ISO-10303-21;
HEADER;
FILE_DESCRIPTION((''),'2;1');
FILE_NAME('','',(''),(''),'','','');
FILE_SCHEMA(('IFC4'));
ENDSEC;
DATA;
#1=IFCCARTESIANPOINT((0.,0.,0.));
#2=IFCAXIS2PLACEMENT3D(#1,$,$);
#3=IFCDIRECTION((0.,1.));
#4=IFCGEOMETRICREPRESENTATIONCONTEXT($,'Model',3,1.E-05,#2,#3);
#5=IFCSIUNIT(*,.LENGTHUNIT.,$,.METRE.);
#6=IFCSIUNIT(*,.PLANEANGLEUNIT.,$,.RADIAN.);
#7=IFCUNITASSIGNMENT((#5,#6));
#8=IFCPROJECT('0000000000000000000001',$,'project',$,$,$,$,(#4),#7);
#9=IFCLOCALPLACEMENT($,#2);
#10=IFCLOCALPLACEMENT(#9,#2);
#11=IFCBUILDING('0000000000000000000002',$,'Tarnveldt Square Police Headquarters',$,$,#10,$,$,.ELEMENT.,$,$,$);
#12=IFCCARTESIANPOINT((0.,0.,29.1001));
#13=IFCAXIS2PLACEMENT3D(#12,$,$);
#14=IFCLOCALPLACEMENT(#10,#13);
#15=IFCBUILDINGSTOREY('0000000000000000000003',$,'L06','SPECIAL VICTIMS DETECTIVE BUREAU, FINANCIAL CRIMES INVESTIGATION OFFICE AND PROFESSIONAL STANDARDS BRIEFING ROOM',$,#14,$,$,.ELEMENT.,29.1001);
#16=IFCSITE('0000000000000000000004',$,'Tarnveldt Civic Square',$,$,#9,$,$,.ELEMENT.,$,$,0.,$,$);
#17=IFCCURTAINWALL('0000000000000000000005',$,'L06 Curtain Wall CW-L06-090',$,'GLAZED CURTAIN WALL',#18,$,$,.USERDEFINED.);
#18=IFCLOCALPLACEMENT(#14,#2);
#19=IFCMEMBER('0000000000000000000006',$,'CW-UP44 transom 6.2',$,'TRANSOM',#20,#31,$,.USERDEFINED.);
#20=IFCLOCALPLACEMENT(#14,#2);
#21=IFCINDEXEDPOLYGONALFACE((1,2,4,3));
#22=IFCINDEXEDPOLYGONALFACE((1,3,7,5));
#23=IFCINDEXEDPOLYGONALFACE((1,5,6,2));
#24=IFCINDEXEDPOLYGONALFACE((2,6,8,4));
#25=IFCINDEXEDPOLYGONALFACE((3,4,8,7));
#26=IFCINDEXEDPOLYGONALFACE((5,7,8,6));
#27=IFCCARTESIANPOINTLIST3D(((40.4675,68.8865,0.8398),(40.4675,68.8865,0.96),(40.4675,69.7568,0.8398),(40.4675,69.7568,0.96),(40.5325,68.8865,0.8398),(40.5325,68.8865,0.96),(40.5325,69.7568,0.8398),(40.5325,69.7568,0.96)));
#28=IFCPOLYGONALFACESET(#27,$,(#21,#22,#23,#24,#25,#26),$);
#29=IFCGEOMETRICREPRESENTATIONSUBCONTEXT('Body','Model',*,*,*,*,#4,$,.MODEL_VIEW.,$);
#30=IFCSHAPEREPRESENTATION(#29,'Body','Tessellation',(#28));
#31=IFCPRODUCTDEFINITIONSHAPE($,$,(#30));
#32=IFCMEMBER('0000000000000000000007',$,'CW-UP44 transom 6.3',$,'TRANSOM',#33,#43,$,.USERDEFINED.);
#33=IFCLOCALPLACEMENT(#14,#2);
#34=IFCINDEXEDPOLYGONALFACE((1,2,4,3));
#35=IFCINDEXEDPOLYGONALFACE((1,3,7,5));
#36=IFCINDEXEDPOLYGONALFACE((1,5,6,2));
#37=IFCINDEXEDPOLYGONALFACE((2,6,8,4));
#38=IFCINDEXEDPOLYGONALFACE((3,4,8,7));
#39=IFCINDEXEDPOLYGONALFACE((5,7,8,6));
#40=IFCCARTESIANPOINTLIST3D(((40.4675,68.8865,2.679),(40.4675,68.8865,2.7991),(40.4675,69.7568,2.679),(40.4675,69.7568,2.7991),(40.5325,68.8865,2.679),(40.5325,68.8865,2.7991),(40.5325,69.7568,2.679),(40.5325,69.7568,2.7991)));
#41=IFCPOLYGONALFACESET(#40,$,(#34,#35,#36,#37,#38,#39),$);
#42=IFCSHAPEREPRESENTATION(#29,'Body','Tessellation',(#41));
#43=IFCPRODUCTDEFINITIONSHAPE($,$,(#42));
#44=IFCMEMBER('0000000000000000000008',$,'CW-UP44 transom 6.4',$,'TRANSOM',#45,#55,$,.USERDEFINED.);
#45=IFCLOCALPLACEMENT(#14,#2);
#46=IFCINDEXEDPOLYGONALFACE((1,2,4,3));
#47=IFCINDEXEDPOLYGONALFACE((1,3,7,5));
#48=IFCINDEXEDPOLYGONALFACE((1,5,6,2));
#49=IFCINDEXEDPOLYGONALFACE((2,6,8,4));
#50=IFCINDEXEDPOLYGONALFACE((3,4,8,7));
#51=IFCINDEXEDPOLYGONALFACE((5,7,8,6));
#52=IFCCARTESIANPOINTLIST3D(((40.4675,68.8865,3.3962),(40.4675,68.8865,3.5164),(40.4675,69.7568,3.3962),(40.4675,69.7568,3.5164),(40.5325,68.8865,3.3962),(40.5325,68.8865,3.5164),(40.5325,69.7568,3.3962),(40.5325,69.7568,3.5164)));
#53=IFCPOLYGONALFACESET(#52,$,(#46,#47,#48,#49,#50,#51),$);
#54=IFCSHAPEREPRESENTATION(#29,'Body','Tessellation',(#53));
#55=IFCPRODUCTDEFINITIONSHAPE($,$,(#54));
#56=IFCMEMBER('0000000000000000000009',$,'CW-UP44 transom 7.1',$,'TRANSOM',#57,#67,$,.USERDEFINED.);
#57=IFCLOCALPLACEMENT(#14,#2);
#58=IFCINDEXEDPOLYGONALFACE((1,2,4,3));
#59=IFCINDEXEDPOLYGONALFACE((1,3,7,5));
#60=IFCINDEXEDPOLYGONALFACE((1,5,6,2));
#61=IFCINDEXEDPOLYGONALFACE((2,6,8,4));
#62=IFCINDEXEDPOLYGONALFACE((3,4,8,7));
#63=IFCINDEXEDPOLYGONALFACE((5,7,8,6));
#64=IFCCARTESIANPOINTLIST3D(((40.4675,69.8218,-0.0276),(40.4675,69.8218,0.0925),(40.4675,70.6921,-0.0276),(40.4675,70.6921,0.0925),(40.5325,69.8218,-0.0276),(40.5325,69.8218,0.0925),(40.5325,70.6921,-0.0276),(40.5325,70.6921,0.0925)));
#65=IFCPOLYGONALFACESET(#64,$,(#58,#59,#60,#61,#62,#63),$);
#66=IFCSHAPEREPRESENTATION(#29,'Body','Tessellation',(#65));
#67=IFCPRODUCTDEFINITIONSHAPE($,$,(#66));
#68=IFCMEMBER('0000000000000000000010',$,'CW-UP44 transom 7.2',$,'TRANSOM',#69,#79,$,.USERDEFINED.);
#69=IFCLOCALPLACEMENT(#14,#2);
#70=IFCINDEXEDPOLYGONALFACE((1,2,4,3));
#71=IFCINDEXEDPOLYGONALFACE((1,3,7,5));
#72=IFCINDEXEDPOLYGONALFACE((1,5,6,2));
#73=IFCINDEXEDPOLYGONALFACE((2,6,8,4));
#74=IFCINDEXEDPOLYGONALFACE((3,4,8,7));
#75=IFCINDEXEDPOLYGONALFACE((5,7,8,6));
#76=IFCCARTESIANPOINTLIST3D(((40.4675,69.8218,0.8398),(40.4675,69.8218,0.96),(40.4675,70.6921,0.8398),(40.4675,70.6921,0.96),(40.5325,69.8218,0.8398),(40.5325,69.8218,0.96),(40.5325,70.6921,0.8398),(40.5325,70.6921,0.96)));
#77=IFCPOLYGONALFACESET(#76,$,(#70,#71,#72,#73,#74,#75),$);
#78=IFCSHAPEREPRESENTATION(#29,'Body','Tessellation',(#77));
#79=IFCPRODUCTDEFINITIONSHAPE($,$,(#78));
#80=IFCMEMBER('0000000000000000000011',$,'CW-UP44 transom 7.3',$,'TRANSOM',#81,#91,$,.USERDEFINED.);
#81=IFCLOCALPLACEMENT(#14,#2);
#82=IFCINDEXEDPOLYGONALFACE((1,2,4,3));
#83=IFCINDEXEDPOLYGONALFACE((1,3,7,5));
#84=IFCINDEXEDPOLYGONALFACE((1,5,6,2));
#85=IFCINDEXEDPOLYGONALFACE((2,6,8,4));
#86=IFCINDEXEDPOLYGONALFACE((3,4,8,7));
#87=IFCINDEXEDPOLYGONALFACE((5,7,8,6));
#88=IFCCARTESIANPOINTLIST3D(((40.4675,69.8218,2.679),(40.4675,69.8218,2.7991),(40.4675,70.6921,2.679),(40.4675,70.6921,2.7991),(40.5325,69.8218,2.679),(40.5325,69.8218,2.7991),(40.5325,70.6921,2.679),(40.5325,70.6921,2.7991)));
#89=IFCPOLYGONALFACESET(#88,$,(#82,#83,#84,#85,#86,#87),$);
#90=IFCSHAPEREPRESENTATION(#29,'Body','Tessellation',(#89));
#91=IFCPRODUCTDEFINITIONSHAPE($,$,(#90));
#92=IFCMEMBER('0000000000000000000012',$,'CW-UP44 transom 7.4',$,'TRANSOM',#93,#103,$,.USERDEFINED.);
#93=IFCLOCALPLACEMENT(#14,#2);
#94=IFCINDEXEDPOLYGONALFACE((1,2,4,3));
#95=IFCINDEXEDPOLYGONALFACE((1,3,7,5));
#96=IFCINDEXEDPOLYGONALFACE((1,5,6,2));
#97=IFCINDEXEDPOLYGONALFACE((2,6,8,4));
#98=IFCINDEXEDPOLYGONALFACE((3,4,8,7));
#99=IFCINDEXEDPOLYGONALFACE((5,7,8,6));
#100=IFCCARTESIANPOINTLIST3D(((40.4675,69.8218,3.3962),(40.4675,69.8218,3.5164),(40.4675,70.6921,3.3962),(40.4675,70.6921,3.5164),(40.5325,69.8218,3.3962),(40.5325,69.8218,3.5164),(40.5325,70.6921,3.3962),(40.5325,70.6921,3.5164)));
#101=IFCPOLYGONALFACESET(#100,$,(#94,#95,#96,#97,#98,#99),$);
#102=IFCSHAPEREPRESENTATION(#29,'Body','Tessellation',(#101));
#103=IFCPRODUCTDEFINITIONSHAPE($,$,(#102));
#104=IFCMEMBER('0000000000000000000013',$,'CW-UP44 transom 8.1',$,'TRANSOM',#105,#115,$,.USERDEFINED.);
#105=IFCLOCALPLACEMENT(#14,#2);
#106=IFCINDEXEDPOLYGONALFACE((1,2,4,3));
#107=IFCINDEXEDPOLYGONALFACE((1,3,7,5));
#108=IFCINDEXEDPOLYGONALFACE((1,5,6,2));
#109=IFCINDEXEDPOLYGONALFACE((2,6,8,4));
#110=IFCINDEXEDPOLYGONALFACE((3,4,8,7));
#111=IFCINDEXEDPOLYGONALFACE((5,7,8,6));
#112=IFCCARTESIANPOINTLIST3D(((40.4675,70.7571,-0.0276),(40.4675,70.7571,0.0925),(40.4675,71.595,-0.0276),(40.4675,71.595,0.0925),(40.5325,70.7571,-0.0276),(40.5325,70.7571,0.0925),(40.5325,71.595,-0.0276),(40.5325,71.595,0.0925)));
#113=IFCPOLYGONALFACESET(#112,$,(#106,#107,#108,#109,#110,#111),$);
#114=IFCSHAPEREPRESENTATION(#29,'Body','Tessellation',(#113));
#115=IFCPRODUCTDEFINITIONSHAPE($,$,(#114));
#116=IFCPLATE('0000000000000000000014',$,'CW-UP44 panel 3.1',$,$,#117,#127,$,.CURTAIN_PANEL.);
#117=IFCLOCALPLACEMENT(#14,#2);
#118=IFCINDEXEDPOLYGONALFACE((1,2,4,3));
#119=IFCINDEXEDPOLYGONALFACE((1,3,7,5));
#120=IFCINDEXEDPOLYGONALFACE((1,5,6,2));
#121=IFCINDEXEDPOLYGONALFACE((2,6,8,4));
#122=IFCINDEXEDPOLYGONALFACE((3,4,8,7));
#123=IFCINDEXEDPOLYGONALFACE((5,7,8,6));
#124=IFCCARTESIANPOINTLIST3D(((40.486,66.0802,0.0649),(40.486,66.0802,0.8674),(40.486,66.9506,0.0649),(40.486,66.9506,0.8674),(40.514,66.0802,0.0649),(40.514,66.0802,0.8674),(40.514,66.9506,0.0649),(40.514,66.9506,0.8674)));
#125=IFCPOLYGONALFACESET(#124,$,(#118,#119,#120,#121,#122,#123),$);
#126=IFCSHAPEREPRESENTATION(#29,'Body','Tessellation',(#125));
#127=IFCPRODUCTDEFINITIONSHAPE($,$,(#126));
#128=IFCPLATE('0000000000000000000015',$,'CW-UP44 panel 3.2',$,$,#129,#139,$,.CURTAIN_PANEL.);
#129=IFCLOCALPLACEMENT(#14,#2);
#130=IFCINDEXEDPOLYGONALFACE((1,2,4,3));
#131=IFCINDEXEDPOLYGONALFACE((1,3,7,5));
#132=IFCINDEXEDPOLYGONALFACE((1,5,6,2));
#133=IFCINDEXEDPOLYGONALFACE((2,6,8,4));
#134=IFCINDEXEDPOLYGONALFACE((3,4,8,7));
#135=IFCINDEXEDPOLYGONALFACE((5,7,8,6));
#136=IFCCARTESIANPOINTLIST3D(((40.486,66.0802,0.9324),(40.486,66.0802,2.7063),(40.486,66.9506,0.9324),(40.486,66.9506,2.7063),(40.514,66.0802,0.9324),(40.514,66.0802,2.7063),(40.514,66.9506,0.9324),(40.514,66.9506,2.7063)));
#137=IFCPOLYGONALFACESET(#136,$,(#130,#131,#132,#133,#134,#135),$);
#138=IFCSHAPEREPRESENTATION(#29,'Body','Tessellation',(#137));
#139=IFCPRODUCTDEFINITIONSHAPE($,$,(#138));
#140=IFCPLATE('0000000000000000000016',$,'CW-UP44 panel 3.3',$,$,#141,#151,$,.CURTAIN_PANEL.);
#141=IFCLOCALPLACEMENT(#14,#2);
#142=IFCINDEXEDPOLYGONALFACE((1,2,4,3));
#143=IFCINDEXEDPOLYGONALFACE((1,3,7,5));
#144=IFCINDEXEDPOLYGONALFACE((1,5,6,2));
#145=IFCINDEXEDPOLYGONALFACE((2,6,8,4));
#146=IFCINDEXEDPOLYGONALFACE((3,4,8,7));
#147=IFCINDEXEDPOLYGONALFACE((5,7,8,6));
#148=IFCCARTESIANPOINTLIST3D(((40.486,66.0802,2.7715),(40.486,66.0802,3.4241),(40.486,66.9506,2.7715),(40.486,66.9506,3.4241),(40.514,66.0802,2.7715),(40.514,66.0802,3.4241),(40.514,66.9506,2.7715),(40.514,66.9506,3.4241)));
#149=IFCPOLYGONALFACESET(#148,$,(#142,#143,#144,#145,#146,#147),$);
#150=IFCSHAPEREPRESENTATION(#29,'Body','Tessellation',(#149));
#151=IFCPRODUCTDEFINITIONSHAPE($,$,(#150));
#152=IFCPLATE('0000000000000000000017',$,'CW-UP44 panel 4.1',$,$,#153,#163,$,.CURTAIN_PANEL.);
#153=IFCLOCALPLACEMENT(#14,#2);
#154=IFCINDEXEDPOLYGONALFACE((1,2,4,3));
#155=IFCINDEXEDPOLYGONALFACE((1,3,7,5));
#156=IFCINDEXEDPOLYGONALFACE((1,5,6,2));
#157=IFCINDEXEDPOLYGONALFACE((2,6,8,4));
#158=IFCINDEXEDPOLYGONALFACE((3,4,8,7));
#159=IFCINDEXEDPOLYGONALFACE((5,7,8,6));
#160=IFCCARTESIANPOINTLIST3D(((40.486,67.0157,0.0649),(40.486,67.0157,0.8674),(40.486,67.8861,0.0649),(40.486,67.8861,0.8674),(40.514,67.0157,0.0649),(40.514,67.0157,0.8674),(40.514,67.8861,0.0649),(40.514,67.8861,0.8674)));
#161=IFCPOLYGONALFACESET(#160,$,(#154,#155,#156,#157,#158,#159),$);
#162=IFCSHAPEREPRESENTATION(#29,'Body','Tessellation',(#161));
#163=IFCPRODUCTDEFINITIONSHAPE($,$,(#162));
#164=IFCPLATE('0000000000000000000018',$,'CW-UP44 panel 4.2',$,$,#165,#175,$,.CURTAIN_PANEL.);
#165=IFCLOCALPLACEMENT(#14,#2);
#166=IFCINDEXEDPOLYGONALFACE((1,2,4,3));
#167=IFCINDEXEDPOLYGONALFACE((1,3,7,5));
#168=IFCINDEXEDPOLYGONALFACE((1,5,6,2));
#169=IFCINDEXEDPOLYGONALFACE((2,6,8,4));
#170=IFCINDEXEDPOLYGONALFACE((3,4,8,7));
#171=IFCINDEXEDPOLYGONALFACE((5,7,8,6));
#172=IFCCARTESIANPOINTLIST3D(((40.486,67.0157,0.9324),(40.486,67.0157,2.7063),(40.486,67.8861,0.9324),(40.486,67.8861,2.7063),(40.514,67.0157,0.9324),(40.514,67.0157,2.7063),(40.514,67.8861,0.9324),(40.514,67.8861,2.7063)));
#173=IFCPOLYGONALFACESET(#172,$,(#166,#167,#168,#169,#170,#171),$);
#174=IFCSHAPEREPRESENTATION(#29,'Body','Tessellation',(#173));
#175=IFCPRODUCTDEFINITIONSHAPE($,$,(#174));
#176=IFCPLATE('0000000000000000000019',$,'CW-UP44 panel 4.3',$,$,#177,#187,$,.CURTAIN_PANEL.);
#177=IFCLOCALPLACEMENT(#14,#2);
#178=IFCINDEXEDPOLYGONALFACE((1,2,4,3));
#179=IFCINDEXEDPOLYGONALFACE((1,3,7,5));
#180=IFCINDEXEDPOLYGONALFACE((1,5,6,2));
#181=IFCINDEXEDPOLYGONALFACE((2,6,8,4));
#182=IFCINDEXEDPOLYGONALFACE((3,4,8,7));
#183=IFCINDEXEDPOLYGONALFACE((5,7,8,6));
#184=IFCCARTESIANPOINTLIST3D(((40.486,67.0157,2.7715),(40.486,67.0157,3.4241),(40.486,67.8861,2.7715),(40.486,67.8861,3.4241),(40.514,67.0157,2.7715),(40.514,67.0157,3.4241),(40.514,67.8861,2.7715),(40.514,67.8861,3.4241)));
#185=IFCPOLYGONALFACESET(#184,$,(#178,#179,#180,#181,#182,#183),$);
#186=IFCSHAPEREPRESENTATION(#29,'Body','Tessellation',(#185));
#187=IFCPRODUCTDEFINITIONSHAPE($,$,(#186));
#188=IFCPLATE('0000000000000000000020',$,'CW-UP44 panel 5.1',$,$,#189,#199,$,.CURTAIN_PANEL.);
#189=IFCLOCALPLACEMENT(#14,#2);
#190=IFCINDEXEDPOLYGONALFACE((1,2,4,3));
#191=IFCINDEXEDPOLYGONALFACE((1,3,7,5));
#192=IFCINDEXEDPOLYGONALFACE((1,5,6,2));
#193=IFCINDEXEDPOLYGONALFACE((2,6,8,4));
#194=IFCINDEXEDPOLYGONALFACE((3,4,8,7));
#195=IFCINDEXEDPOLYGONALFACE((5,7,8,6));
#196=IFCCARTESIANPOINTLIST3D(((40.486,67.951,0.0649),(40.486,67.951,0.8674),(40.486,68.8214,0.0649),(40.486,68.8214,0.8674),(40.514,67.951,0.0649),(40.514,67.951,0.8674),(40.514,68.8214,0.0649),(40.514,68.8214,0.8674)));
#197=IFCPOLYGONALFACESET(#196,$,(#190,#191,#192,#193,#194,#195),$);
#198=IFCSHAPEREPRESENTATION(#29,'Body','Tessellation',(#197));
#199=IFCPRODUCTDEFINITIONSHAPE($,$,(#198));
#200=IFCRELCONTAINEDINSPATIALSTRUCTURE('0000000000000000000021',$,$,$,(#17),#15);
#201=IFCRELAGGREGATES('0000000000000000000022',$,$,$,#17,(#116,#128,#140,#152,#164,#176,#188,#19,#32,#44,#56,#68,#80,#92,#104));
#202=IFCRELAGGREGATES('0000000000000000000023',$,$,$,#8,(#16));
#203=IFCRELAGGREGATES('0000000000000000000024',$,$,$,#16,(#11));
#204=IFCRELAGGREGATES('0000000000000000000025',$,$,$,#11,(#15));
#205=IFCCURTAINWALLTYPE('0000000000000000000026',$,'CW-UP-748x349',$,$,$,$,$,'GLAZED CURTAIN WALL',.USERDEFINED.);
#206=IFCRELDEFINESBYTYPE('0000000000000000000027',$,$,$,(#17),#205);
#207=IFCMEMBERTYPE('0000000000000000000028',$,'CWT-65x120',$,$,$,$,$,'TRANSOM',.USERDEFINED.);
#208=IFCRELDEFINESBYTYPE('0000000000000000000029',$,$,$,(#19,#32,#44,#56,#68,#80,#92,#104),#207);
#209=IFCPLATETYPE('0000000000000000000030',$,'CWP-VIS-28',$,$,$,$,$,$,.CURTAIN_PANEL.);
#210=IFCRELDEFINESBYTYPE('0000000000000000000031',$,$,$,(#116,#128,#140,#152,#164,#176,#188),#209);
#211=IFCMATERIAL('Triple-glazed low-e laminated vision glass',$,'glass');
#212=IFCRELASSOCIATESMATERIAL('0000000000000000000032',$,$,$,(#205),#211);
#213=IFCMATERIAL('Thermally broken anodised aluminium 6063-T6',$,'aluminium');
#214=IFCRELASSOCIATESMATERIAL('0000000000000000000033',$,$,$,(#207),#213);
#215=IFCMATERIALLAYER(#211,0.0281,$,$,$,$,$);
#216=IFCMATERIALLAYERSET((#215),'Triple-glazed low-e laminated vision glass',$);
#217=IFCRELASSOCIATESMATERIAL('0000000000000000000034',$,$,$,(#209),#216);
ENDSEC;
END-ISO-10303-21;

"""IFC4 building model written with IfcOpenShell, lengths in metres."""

from ifc_helpers import new_model, si_unit, direction, frame, origin, origin_2d, place, context, subcontext, project, spatial, rectangle, extrude, material, layer, layer_set, material_profile, profile_set, type_object, element, aggregate, save


model = new_model("IFC4")

# Units and contexts
model_context = context("Model", 3, precision=1e-05, world=origin(), true_north=direction((0.0, 1.0)))
body_context = subcontext(model_context, "Body", "Model", "MODEL_VIEW")
ifc_project = project(units=[si_unit("LENGTHUNIT", "METRE"), si_unit("PLANEANGLEUNIT", "RADIAN")], contexts=[model_context])

# Site, building, storey
site_placement = place(None, origin())
site = spatial("IfcSite", under=ifc_project, at=site_placement, Name="Tarnveldt Civic Square", CompositionType="ELEMENT", RefElevation=0.0)
building_placement = place(site_placement, origin())
building = spatial("IfcBuilding", under=site, at=building_placement, Name="Tarnveldt Square Police Headquarters", CompositionType="ELEMENT")
storey_placement = place(building_placement, frame((0.0, 0.0, 29.1001)))
storey = spatial("IfcBuildingStorey", under=building, at=storey_placement, Name="L06", Description="SPECIAL VICTIMS DETECTIVE BUREAU, FINANCIAL CRIMES INVESTIGATION OFFICE AND PROFESSIONAL STANDARDS BRIEFING ROOM", CompositionType="ELEMENT", Elevation=29.1001)

# Curtain wall, members, plates
ifc_material_1 = material(Name="Triple-glazed low-e laminated vision glass", Category="glass")
curtain_wall_type = type_object("IfcCurtainWallType", Name="CW-UP-748x349", ElementType="GLAZED CURTAIN WALL", PredefinedType="USERDEFINED", material=ifc_material_1)
curtain_wall_placement = place(storey_placement, origin())
curtain_wall = element("IfcCurtainWall", 1, at=curtain_wall_placement, inside=storey, type_object=curtain_wall_type, Name="L06 Curtain Wall CW-L06-090", ObjectType="GLAZED CURTAIN WALL", PredefinedType="USERDEFINED")
ifc_material_2 = material(Name="Thermally broken anodised aluminium 6063-T6", Category="aluminium")
ifc_material_profile_1 = material_profile(ifc_material_2, rectangle(XDim=0.0649, YDim=0.1201, at=origin_2d()), Name="CW-T65x120")
ifc_profile_set_1 = profile_set([ifc_material_profile_1], Name="Thermally broken anodised aluminium 6063-T6")
member_type_1 = type_object("IfcMemberType", Name="CWT-65x120", ElementType="TRANSOM", PredefinedType="USERDEFINED", material=ifc_profile_set_1)
member_1_placement = place(storey_placement, frame((40.5, 68.8865, 0.8999), z_axis=(0.0, 1.0, 0.0), x_axis=(-1.0, 0.0, 0.0)))
member_1 = element("IfcMember", 2, at=member_1_placement, type_object=member_type_1, Name="CW-UP44 transom 6.2", ObjectType="TRANSOM", PredefinedType="USERDEFINED", context=body_context, shape_type="SweptSolid", body=[
    extrude(rectangle(XDim=0.0649, YDim=0.1201, at=origin_2d()), origin(), (0.0, 0.0, 1.0), 0.8704),
])
member_2_placement = place(storey_placement, frame((40.5, 68.8865, 2.739), z_axis=(0.0, 1.0, 0.0), x_axis=(-1.0, 0.0, 0.0)))
member_2 = element("IfcMember", 3, at=member_2_placement, type_object=member_type_1, Name="CW-UP44 transom 6.3", ObjectType="TRANSOM", PredefinedType="USERDEFINED", context=body_context, shape_type="SweptSolid", body=[
    extrude(rectangle(XDim=0.0649, YDim=0.1201, at=origin_2d()), origin(), (0.0, 0.0, 1.0), 0.8704),
])
member_3_placement = place(storey_placement, frame((40.5, 68.8865, 3.4563), z_axis=(0.0, 1.0, 0.0), x_axis=(-1.0, 0.0, 0.0)))
member_3 = element("IfcMember", 4, at=member_3_placement, type_object=member_type_1, Name="CW-UP44 transom 6.4", ObjectType="TRANSOM", PredefinedType="USERDEFINED", context=body_context, shape_type="SweptSolid", body=[
    extrude(rectangle(XDim=0.0649, YDim=0.1201, at=origin_2d()), origin(), (0.0, 0.0, 1.0), 0.8704),
])
member_4_placement = place(storey_placement, frame((40.5, 69.8218, 0.0325), z_axis=(0.0, 1.0, 0.0), x_axis=(-1.0, 0.0, 0.0)))
member_4 = element("IfcMember", 5, at=member_4_placement, type_object=member_type_1, Name="CW-UP44 transom 7.1", ObjectType="TRANSOM", PredefinedType="USERDEFINED", context=body_context, shape_type="SweptSolid", body=[
    extrude(rectangle(XDim=0.0649, YDim=0.1201, at=origin_2d()), origin(), (0.0, 0.0, 1.0), 0.8704),
])
member_5_placement = place(storey_placement, frame((40.5, 69.8218, 0.8999), z_axis=(0.0, 1.0, 0.0), x_axis=(-1.0, 0.0, 0.0)))
member_5 = element("IfcMember", 6, at=member_5_placement, type_object=member_type_1, Name="CW-UP44 transom 7.2", ObjectType="TRANSOM", PredefinedType="USERDEFINED", context=body_context, shape_type="SweptSolid", body=[
    extrude(rectangle(XDim=0.0649, YDim=0.1201, at=origin_2d()), origin(), (0.0, 0.0, 1.0), 0.8704),
])
member_6_placement = place(storey_placement, frame((40.5, 69.8218, 2.739), z_axis=(0.0, 1.0, 0.0), x_axis=(-1.0, 0.0, 0.0)))
member_6 = element("IfcMember", 7, at=member_6_placement, type_object=member_type_1, Name="CW-UP44 transom 7.3", ObjectType="TRANSOM", PredefinedType="USERDEFINED", context=body_context, shape_type="SweptSolid", body=[
    extrude(rectangle(XDim=0.0649, YDim=0.1201, at=origin_2d()), origin(), (0.0, 0.0, 1.0), 0.8704),
])
member_7_placement = place(storey_placement, frame((40.5, 69.8218, 3.4563), z_axis=(0.0, 1.0, 0.0), x_axis=(-1.0, 0.0, 0.0)))
member_7 = element("IfcMember", 8, at=member_7_placement, type_object=member_type_1, Name="CW-UP44 transom 7.4", ObjectType="TRANSOM", PredefinedType="USERDEFINED", context=body_context, shape_type="SweptSolid", body=[
    extrude(rectangle(XDim=0.0649, YDim=0.1201, at=origin_2d()), origin(), (0.0, 0.0, 1.0), 0.8704),
])
member_8_placement = place(storey_placement, frame((40.5, 70.7571, 0.0325), z_axis=(0.0, 1.0, 0.0), x_axis=(-1.0, 0.0, 0.0)))
member_8 = element("IfcMember", 9, at=member_8_placement, type_object=member_type_1, Name="CW-UP44 transom 8.1", ObjectType="TRANSOM", PredefinedType="USERDEFINED", context=body_context, shape_type="SweptSolid", body=[
    extrude(rectangle(XDim=0.0649, YDim=0.1201, at=origin_2d()), origin(), (0.0, 0.0, 1.0), 0.8379),
])
ifc_layer = layer(ifc_material_1, 0.0281)
ifc_layer_set = layer_set([ifc_layer], Name="Triple-glazed low-e laminated vision glass")
plate_type = type_object("IfcPlateType", Name="CWP-VIS-28", PredefinedType="CURTAIN_PANEL", material=ifc_layer_set)
plate_1_placement = place(storey_placement, frame((40.5, 66.5154, 0.0649), z_axis=(0.0, 0.0, 1.0), x_axis=(0.0, 1.0, 0.0)))
plate_1 = element("IfcPlate", 10, at=plate_1_placement, type_object=plate_type, Name="CW-UP44 panel 3.1", PredefinedType="CURTAIN_PANEL", context=body_context, shape_type="SweptSolid", body=[
    extrude(rectangle(XDim=0.8704, YDim=0.0281, at=origin_2d()), origin(), (0.0, 0.0, 1.0), 0.8025),
])
plate_2_placement = place(storey_placement, frame((40.5, 66.5154, 0.9324), z_axis=(0.0, 0.0, 1.0), x_axis=(0.0, 1.0, 0.0)))
plate_2 = element("IfcPlate", 11, at=plate_2_placement, type_object=plate_type, Name="CW-UP44 panel 3.2", PredefinedType="CURTAIN_PANEL", context=body_context, shape_type="SweptSolid", body=[
    extrude(rectangle(XDim=0.8704, YDim=0.0281, at=origin_2d()), origin(), (0.0, 0.0, 1.0), 1.7739),
])
plate_3_placement = place(storey_placement, frame((40.5, 66.5154, 2.7715), z_axis=(0.0, 0.0, 1.0), x_axis=(0.0, 1.0, 0.0)))
plate_3 = element("IfcPlate", 12, at=plate_3_placement, type_object=plate_type, Name="CW-UP44 panel 3.3", PredefinedType="CURTAIN_PANEL", context=body_context, shape_type="SweptSolid", body=[
    extrude(rectangle(XDim=0.8704, YDim=0.0281, at=origin_2d()), origin(), (0.0, 0.0, 1.0), 0.6526),
])
plate_4_placement = place(storey_placement, frame((40.5, 67.4509, 0.0649), z_axis=(0.0, 0.0, 1.0), x_axis=(0.0, 1.0, 0.0)))
plate_4 = element("IfcPlate", 13, at=plate_4_placement, type_object=plate_type, Name="CW-UP44 panel 4.1", PredefinedType="CURTAIN_PANEL", context=body_context, shape_type="SweptSolid", body=[
    extrude(rectangle(XDim=0.8704, YDim=0.0281, at=origin_2d()), origin(), (0.0, 0.0, 1.0), 0.8025),
])
plate_5_placement = place(storey_placement, frame((40.5, 67.4509, 0.9324), z_axis=(0.0, 0.0, 1.0), x_axis=(0.0, 1.0, 0.0)))
plate_5 = element("IfcPlate", 14, at=plate_5_placement, type_object=plate_type, Name="CW-UP44 panel 4.2", PredefinedType="CURTAIN_PANEL", context=body_context, shape_type="SweptSolid", body=[
    extrude(rectangle(XDim=0.8704, YDim=0.0281, at=origin_2d()), origin(), (0.0, 0.0, 1.0), 1.7739),
])
plate_6_placement = place(storey_placement, frame((40.5, 67.4509, 2.7715), z_axis=(0.0, 0.0, 1.0), x_axis=(0.0, 1.0, 0.0)))
plate_6 = element("IfcPlate", 15, at=plate_6_placement, type_object=plate_type, Name="CW-UP44 panel 4.3", PredefinedType="CURTAIN_PANEL", context=body_context, shape_type="SweptSolid", body=[
    extrude(rectangle(XDim=0.8704, YDim=0.0281, at=origin_2d()), origin(), (0.0, 0.0, 1.0), 0.6526),
])
plate_7_placement = place(storey_placement, frame((40.5, 68.3862, 0.0649), z_axis=(0.0, 0.0, 1.0), x_axis=(0.0, 1.0, 0.0)))
plate_7 = element("IfcPlate", 16, at=plate_7_placement, type_object=plate_type, Name="CW-UP44 panel 5.1", PredefinedType="CURTAIN_PANEL", context=body_context, shape_type="SweptSolid", body=[
    extrude(rectangle(XDim=0.8704, YDim=0.0281, at=origin_2d()), origin(), (0.0, 0.0, 1.0), 0.8025),
])
aggregate(curtain_wall, [plate_1, plate_2, plate_3, plate_4, plate_5, plate_6, plate_7, member_1, member_2, member_3, member_4, member_5, member_6, member_7, member_8])

save(model, "model.ifc")
